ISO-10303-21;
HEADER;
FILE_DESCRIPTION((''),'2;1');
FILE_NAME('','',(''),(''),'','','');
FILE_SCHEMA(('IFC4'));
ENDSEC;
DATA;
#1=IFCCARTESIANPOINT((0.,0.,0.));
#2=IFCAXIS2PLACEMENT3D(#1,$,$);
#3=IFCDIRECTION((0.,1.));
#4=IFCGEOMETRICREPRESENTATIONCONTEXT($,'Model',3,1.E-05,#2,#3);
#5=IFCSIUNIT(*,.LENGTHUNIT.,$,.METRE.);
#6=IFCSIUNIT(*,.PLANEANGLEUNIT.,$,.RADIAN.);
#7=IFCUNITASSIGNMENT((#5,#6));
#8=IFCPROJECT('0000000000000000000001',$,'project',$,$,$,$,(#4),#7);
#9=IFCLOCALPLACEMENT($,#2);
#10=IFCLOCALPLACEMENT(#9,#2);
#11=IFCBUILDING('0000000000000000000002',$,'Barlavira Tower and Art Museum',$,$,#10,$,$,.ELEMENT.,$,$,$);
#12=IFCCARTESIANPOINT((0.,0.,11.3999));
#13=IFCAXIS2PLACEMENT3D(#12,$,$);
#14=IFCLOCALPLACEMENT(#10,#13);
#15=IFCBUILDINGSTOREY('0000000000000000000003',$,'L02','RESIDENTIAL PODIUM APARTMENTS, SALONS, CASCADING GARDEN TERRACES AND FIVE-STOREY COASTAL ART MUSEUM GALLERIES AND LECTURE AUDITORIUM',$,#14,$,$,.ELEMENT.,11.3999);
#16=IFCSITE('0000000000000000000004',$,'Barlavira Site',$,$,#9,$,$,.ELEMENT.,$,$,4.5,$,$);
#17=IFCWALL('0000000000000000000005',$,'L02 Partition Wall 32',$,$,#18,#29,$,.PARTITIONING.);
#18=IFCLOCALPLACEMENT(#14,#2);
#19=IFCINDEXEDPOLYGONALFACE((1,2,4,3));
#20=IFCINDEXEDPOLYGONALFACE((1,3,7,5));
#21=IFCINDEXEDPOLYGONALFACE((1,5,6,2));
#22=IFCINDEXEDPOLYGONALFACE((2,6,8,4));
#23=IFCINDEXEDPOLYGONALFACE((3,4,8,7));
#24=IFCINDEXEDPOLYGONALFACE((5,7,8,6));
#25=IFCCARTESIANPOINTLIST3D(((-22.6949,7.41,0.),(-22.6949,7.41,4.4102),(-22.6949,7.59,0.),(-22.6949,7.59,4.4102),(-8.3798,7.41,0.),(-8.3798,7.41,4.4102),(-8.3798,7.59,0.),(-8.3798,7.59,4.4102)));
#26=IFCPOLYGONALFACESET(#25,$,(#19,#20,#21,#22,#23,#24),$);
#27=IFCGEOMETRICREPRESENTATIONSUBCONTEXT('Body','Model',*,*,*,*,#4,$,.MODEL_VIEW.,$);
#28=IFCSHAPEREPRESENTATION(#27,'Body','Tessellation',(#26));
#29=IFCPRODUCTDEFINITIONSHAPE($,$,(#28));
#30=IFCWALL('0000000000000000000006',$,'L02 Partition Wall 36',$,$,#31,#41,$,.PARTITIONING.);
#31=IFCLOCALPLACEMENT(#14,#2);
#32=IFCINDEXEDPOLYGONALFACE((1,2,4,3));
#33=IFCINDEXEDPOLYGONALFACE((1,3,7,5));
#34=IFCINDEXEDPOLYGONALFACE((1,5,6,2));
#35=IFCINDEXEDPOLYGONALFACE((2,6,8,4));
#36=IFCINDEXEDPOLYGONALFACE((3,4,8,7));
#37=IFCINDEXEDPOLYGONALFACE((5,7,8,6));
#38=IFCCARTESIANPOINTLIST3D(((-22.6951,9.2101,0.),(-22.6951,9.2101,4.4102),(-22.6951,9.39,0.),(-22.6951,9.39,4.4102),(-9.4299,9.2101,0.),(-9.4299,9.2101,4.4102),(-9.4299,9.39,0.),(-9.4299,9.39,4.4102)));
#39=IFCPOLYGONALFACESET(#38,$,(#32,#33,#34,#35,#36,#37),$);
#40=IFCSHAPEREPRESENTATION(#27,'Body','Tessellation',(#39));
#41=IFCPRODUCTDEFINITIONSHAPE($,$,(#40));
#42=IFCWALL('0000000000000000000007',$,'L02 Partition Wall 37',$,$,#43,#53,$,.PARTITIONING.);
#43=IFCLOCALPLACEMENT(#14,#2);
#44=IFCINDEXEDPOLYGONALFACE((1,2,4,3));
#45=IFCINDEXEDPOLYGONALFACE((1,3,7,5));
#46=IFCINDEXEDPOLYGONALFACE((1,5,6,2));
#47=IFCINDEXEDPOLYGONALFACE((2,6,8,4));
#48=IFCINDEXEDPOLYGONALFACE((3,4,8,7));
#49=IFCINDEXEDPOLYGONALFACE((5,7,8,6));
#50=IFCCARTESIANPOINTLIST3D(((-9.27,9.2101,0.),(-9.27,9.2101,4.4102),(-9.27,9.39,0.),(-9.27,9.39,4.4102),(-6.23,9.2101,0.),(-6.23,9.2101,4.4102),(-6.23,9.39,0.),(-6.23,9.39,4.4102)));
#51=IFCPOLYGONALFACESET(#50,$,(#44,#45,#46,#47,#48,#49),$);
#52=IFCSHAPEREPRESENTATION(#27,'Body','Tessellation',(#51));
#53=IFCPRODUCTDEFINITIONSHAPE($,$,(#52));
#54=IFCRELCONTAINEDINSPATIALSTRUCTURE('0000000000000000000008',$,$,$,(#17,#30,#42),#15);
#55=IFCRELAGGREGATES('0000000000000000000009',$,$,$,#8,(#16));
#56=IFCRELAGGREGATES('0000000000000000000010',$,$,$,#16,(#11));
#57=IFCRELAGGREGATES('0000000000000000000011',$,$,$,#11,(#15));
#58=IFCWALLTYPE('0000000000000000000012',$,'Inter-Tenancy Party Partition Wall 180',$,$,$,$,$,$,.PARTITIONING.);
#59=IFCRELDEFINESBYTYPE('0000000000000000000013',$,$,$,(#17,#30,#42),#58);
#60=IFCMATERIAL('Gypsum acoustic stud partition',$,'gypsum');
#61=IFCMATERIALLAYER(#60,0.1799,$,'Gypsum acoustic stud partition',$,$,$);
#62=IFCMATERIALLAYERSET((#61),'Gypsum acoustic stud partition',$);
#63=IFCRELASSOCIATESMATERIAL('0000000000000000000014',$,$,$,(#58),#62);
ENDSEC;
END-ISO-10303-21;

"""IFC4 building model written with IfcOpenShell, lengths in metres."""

from ifc_helpers import new_model, si_unit, direction, frame, frame_2d, origin, place, context, subcontext, project, spatial, rectangle, extrude, material, layer, layer_set, type_object, element, save


model = new_model("IFC4")

# Units and contexts
model_context = context("Model", 3, precision=1e-05, world=origin(), true_north=direction((0.0, 1.0)))
body_context = subcontext(model_context, "Body", "Model", "MODEL_VIEW")
ifc_project = project(units=[si_unit("LENGTHUNIT", "METRE"), si_unit("PLANEANGLEUNIT", "RADIAN")], contexts=[model_context])

# Site, building, storey
site_placement = place(None, origin())
site = spatial("IfcSite", under=ifc_project, at=site_placement, Name="Barlavira Site", CompositionType="ELEMENT", RefElevation=4.5)
building_placement = place(site_placement, origin())
building = spatial("IfcBuilding", under=site, at=building_placement, Name="Barlavira Tower and Art Museum", CompositionType="ELEMENT")
storey_placement = place(building_placement, frame((0.0, 0.0, 11.3999)))
storey = spatial("IfcBuildingStorey", under=building, at=storey_placement, Name="L02", Description="RESIDENTIAL PODIUM APARTMENTS, SALONS, CASCADING GARDEN TERRACES AND FIVE-STOREY COASTAL ART MUSEUM GALLERIES AND LECTURE AUDITORIUM", CompositionType="ELEMENT", Elevation=11.3999)

# Shared definitions
ifc_material_1 = material(Name="Gypsum acoustic stud partition", Category="gypsum")

# Walls
ifc_layer_1 = layer(ifc_material_1, 0.1799, Name="Gypsum acoustic stud partition")
ifc_layer_set_1 = layer_set([ifc_layer_1], Name="Gypsum acoustic stud partition")
wall_type_1 = type_object("IfcWallType", Name="Inter-Tenancy Party Partition Wall 180", PredefinedType="PARTITIONING", material=ifc_layer_set_1)
wall_1_placement = place(storey_placement, frame((-22.6951, 7.5, 0.0), z_axis=(0.0, 0.0, 1.0), x_axis=(1.0, 0.0, 0.0)))
element("IfcWall", 1, at=wall_1_placement, inside=storey, type_object=wall_type_1, Name="L02 Partition Wall 32", PredefinedType="PARTITIONING", context=body_context, shape_type="SweptSolid", body=[
    extrude(rectangle(XDim=14.3152, YDim=0.1799, at=frame_2d((7.1577, 0.0))), origin(), (0.0, 0.0, 1.0), 4.4102),
])
wall_2_placement = place(storey_placement, frame((-22.6951, 9.3, 0.0), z_axis=(0.0, 0.0, 1.0), x_axis=(1.0, 0.0, 0.0)))
element("IfcWall", 2, at=wall_2_placement, inside=storey, type_object=wall_type_1, Name="L02 Partition Wall 36", PredefinedType="PARTITIONING", context=body_context, shape_type="SweptSolid", body=[
    extrude(rectangle(XDim=13.2651, YDim=0.1799, at=frame_2d((6.6326, 0.0))), origin(), (0.0, 0.0, 1.0), 4.4102),
])
wall_3_placement = place(storey_placement, frame((-9.27, 9.3, 0.0), z_axis=(0.0, 0.0, 1.0), x_axis=(1.0, 0.0, 0.0)))
element("IfcWall", 3, at=wall_3_placement, inside=storey, type_object=wall_type_1, Name="L02 Partition Wall 37", PredefinedType="PARTITIONING", context=body_context, shape_type="SweptSolid", body=[
    extrude(rectangle(XDim=3.04, YDim=0.1799, at=frame_2d((1.52, 0.0))), origin(), (0.0, 0.0, 1.0), 4.4102),
])

save(model, "model.ifc")
